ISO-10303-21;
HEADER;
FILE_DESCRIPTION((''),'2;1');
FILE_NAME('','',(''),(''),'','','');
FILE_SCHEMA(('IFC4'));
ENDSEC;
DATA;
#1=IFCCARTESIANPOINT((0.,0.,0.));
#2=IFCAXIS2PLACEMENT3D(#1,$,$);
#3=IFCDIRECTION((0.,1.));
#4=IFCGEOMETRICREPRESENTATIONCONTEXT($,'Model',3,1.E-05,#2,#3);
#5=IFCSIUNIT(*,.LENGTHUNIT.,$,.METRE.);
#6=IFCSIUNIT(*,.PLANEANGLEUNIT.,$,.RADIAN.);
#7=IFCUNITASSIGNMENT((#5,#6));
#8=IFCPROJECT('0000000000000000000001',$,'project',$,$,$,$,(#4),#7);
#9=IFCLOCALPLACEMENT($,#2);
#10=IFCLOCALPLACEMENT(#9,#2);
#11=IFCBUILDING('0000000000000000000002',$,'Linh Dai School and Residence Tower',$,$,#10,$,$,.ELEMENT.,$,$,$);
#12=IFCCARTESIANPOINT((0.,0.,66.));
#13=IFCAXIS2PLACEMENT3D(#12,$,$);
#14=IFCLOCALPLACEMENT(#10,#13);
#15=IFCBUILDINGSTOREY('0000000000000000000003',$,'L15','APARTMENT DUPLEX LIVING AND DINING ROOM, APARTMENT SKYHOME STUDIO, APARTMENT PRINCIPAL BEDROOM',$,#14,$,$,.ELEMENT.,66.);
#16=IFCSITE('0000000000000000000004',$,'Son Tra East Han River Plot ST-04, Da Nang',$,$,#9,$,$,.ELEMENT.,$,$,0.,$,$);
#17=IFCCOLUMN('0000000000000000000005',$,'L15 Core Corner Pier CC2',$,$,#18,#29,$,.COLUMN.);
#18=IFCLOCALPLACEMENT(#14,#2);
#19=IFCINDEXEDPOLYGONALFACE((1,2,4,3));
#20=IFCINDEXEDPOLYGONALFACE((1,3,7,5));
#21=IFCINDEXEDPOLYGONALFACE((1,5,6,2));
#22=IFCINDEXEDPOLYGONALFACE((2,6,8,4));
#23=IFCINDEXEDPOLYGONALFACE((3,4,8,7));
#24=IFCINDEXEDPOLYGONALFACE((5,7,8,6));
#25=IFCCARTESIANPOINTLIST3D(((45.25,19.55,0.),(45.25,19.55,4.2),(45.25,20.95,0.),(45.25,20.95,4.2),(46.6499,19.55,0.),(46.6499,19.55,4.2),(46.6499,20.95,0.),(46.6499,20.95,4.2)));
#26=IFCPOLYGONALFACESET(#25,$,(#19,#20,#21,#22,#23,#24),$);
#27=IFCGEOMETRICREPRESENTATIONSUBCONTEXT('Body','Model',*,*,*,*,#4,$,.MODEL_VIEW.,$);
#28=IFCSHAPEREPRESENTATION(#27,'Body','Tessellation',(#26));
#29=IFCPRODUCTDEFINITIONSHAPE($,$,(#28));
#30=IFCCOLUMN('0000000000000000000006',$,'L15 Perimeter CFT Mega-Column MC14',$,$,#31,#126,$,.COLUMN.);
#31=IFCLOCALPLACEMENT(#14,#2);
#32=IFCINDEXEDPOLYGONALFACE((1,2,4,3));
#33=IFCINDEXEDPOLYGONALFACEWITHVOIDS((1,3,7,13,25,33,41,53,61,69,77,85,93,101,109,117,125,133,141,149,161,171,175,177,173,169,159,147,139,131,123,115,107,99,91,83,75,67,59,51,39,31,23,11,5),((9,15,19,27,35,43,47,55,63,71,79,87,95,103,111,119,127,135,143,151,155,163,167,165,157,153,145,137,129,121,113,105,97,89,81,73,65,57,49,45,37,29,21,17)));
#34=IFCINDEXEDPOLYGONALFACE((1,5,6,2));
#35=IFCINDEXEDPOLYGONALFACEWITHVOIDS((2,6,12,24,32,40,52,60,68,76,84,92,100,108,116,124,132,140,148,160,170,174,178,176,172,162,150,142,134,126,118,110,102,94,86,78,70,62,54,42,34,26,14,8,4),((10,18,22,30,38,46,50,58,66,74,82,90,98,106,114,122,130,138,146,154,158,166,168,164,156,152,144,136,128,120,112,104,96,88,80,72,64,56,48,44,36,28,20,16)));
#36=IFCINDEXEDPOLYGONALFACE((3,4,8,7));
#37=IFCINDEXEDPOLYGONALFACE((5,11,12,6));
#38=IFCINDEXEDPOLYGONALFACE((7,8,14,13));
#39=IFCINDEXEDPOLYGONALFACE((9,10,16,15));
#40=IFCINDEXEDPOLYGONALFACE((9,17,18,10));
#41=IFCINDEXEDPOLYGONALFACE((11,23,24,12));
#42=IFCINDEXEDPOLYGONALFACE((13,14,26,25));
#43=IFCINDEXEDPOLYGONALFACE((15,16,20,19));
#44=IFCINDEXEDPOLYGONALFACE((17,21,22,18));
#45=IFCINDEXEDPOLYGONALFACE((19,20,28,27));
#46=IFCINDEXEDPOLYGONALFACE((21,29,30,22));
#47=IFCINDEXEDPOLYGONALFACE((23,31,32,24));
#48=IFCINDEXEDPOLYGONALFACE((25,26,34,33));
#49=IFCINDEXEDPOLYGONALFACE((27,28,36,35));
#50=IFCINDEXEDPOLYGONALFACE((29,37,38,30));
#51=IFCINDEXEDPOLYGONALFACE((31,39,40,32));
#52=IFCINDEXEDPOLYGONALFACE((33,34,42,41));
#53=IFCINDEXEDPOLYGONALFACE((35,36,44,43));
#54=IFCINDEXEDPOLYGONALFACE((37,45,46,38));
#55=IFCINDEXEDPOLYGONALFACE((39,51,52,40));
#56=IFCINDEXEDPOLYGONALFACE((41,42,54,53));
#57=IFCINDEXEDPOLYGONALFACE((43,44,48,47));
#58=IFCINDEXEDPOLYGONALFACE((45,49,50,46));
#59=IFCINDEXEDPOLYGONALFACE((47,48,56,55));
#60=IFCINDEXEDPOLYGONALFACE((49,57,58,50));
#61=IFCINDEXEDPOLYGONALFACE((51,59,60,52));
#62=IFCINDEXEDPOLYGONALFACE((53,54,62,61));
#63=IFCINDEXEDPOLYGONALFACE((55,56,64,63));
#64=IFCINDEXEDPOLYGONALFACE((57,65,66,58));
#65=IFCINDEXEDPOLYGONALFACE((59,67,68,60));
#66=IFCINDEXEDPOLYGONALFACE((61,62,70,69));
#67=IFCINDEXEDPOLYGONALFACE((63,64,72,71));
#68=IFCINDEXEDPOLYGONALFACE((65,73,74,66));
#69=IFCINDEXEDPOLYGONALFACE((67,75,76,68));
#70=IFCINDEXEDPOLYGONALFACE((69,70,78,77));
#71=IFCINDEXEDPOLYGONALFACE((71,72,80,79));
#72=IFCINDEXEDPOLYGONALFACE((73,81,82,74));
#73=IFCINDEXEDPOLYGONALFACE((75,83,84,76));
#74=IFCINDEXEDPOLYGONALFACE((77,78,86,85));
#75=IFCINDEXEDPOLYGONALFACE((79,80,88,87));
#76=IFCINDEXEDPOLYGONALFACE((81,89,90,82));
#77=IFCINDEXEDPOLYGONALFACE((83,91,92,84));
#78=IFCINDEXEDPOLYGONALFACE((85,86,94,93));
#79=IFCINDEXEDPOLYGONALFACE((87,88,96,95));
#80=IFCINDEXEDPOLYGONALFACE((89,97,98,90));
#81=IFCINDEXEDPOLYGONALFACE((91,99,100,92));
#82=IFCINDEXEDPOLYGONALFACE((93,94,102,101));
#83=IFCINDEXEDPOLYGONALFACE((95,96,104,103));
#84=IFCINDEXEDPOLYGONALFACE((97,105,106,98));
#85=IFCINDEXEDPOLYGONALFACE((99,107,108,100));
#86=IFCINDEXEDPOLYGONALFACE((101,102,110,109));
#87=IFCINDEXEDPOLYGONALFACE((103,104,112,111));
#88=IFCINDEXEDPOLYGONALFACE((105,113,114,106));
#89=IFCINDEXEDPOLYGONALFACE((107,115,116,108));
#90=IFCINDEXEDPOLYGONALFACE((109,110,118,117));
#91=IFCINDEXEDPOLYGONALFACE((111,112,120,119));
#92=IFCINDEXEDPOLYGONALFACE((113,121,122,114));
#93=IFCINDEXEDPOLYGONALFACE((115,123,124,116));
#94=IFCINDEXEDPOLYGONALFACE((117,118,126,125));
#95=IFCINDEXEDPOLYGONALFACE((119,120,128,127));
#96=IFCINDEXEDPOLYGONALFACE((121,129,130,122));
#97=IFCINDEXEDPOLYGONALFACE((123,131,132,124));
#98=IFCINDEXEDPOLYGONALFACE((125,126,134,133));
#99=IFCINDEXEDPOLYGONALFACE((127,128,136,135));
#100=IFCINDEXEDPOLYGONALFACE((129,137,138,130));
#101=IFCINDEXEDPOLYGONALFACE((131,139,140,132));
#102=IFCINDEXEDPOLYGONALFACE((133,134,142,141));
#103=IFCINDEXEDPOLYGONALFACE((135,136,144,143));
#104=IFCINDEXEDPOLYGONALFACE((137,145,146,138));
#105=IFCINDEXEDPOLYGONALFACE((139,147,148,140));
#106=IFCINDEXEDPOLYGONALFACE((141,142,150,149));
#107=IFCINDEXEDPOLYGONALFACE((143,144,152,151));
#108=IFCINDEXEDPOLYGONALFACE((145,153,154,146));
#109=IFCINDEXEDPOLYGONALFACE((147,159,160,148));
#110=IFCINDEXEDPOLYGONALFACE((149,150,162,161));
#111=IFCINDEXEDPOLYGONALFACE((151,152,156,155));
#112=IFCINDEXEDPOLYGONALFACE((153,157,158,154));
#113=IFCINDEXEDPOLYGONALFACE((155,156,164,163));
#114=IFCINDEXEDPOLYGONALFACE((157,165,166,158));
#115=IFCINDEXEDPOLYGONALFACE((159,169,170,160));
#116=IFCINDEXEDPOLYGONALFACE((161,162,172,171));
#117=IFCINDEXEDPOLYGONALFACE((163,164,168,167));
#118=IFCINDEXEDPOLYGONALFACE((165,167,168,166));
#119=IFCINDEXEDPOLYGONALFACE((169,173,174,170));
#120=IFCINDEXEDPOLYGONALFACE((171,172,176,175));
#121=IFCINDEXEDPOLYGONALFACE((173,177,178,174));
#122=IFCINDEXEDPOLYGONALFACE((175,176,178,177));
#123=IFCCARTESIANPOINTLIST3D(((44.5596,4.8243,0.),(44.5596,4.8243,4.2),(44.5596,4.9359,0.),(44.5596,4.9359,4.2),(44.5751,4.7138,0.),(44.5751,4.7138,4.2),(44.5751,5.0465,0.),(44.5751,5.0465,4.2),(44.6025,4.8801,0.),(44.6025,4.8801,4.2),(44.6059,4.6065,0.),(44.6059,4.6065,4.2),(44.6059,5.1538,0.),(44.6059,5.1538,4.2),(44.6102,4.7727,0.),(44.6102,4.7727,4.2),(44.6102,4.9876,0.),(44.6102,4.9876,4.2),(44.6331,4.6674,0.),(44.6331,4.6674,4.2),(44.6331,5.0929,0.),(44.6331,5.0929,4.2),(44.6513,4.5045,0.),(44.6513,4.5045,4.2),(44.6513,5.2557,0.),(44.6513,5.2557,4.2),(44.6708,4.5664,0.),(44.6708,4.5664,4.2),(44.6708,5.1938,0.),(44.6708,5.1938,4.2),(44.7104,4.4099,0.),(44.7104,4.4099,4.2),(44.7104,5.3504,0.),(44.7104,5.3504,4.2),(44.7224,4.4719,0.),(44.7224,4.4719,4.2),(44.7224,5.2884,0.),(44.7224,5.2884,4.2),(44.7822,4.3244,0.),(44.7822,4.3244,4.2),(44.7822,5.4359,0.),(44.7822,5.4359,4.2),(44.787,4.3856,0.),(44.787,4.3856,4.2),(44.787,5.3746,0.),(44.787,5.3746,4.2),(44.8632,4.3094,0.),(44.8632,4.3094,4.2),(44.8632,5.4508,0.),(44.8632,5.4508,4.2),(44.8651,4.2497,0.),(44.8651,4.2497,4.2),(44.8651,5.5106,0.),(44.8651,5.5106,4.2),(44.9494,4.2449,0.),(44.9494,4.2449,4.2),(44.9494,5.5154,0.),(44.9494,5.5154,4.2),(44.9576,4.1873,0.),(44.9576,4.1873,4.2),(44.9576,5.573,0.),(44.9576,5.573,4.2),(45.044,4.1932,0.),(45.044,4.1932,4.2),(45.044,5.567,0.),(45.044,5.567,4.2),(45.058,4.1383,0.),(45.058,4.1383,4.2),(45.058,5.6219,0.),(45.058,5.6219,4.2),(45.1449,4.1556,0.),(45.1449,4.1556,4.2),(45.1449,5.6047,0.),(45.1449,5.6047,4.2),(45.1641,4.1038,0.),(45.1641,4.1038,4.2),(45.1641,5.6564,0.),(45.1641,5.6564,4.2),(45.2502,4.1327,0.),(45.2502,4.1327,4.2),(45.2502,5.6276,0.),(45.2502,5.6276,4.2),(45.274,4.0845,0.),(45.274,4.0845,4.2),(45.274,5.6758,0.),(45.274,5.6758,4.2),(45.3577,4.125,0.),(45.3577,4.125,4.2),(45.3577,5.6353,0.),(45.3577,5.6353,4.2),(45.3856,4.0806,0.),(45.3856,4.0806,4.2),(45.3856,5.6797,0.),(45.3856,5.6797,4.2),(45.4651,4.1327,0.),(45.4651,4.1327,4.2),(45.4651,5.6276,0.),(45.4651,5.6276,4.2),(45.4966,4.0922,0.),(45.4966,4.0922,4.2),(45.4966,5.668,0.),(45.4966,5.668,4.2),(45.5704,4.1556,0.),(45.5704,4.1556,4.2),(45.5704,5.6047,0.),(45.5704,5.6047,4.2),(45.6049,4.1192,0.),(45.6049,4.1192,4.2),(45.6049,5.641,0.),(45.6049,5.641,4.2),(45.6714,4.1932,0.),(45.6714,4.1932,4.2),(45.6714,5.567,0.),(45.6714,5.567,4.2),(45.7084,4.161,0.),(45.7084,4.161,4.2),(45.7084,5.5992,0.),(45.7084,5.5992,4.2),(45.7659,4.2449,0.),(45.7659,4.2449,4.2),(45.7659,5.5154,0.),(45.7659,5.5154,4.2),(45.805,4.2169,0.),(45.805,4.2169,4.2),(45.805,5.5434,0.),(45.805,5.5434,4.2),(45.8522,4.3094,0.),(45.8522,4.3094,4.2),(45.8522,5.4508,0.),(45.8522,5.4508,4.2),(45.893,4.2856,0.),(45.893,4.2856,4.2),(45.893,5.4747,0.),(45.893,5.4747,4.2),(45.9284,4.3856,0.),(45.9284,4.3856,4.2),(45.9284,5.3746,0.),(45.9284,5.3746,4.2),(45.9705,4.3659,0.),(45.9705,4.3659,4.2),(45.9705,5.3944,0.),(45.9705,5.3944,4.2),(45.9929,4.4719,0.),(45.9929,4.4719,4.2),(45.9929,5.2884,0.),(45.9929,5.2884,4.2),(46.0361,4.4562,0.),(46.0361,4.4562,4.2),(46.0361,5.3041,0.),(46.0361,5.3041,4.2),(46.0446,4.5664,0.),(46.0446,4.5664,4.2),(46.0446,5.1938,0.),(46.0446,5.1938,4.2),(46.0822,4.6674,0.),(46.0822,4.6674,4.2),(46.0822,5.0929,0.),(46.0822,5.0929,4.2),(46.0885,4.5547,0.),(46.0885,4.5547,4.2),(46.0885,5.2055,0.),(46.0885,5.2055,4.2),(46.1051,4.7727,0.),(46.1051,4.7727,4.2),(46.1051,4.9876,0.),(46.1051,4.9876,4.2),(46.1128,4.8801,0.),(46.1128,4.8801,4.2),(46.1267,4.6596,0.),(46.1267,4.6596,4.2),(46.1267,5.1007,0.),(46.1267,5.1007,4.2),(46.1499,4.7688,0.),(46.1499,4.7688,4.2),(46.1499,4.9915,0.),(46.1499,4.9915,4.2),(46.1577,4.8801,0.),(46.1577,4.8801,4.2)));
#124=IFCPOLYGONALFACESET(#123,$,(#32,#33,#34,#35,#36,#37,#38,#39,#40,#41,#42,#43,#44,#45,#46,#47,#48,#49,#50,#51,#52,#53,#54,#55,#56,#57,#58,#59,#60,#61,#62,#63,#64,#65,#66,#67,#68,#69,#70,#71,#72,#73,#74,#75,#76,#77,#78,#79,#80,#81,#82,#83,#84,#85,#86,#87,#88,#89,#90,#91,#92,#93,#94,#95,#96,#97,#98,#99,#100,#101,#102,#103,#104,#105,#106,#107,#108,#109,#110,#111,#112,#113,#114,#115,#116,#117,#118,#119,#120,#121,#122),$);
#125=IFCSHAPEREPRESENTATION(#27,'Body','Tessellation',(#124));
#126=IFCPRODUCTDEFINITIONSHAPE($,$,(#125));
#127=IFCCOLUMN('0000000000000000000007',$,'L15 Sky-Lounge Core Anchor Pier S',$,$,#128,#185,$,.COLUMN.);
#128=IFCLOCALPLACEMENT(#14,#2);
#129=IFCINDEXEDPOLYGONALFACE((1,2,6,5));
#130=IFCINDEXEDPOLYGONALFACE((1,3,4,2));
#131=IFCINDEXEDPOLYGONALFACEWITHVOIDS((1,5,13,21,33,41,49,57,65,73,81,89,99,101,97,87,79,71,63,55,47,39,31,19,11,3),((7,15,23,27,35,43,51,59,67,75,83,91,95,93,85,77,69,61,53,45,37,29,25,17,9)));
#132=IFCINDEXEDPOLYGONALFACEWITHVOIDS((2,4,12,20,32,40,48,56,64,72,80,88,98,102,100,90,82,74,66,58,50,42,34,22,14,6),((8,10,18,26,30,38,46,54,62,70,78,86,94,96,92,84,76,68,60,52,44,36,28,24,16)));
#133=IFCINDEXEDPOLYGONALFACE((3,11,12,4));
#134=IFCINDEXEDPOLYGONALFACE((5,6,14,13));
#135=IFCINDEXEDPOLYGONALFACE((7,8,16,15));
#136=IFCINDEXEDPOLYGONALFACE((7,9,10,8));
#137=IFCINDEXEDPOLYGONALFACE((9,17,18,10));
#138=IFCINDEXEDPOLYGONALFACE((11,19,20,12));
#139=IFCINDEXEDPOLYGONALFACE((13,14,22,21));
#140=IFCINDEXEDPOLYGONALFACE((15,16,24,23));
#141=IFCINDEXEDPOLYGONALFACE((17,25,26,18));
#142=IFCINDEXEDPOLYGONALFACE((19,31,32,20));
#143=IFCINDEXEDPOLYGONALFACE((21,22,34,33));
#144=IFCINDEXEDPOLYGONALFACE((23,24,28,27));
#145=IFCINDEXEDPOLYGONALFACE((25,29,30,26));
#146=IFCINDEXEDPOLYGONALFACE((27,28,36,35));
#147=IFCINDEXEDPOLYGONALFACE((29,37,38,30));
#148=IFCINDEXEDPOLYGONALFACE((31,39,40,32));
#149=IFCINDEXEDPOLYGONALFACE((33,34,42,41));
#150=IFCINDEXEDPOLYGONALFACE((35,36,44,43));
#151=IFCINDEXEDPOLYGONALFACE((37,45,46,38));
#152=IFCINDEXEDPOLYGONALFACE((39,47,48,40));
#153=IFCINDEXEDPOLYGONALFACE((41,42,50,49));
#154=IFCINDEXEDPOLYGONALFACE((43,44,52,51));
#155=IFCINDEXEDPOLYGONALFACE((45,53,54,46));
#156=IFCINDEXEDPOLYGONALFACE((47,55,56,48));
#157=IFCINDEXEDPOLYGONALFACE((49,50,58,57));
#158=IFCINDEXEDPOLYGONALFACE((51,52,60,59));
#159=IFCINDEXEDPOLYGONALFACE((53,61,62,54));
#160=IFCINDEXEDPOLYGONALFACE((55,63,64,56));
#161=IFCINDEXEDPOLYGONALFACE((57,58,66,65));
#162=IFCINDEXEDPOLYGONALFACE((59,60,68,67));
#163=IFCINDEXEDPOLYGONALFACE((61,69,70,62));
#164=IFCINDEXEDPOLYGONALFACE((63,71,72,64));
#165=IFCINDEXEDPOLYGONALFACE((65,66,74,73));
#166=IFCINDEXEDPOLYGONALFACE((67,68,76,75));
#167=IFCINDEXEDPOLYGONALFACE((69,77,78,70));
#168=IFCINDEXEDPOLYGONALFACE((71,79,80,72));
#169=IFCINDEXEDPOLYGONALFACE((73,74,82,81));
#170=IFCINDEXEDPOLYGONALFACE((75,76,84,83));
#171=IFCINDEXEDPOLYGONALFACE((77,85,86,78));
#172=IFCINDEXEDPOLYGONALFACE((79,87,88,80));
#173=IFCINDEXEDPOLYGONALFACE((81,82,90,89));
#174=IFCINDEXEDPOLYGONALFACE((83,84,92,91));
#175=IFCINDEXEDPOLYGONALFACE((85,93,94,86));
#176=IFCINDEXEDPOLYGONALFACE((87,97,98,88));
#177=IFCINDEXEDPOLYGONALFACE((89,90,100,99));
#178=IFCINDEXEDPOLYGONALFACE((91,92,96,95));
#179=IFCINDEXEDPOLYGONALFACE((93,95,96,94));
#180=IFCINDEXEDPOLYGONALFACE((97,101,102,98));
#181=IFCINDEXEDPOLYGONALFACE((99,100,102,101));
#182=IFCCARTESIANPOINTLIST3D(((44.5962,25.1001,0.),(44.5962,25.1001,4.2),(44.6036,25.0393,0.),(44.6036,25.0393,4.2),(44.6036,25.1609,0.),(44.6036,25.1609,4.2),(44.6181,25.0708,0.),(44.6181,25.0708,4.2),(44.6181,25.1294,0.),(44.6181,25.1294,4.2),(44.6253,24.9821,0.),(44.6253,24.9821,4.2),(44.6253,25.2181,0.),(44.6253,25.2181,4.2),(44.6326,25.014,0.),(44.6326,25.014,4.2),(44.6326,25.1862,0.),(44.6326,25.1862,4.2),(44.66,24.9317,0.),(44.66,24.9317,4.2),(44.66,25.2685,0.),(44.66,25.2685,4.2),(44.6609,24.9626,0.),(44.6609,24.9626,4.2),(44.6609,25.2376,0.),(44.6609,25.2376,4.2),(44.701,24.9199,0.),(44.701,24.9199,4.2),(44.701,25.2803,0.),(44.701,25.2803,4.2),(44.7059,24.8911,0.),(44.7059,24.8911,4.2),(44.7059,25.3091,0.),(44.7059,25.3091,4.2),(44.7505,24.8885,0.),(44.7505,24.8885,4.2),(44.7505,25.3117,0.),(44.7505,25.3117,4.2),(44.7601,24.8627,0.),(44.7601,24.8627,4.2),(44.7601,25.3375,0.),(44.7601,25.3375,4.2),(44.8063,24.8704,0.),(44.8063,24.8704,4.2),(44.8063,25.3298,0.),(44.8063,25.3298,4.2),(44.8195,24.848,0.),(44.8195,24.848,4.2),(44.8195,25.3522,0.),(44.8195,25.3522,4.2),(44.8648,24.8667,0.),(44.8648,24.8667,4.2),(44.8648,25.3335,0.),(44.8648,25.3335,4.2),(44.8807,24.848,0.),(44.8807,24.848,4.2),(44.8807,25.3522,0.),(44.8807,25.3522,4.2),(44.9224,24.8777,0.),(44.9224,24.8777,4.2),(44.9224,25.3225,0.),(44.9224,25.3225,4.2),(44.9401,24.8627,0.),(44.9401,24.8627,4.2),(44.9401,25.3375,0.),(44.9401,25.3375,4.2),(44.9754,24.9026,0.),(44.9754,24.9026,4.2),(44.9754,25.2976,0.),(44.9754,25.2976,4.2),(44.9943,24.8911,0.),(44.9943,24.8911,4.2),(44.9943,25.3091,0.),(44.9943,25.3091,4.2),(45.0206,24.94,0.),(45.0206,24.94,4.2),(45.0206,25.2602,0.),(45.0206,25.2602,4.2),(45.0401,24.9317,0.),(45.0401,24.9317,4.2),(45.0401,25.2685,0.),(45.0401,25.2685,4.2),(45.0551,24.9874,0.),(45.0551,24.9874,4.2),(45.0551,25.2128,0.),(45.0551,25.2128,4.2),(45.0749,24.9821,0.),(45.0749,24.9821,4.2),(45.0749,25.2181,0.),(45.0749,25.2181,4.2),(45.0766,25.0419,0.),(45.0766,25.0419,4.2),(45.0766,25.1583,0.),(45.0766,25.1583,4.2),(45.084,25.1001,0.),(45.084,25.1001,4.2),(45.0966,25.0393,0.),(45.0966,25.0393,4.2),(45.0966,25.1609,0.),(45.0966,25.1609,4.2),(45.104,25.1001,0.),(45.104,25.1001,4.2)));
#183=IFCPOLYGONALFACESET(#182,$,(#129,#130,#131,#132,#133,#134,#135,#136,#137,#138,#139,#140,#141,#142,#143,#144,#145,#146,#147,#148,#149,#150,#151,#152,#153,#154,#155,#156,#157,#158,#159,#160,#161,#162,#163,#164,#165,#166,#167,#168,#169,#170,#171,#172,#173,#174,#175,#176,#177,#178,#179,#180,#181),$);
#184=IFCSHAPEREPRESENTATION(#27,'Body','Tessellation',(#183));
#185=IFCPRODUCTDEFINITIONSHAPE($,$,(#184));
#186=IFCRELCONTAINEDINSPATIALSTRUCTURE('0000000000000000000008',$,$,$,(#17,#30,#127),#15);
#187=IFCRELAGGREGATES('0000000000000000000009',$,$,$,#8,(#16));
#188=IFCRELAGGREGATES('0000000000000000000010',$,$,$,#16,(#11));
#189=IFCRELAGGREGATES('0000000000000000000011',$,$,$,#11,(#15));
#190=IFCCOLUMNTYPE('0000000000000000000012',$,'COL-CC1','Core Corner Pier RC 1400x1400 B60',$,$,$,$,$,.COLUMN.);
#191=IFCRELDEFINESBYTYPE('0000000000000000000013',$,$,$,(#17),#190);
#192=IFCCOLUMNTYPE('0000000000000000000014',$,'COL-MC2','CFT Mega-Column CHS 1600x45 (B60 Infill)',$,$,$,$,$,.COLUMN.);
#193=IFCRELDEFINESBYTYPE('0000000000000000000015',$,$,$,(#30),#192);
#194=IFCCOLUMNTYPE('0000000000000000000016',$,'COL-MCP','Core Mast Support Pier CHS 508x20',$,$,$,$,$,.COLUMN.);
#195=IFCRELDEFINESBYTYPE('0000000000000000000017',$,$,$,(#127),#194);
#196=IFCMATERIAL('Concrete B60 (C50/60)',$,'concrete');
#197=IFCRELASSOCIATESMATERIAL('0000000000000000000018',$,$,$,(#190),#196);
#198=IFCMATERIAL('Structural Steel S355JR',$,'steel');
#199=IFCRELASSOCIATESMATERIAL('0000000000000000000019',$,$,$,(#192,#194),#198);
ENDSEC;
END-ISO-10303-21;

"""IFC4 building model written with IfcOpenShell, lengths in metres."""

from ifc_helpers import new_model, si_unit, direction, frame, origin, origin_2d, place, context, subcontext, project, spatial, rectangle, hollow_circle, extrude, material, material_profile, profile_set, type_object, element, save


model = new_model("IFC4")

# Units and contexts
model_context = context("Model", 3, precision=1e-05, world=origin(), true_north=direction((0.0, 1.0)))
body_context = subcontext(model_context, "Body", "Model", "MODEL_VIEW")
ifc_project = project(units=[si_unit("LENGTHUNIT", "METRE"), si_unit("PLANEANGLEUNIT", "RADIAN")], contexts=[model_context])

# Site, building, storey
site_placement = place(None, origin())
site = spatial("IfcSite", under=ifc_project, at=site_placement, Name="Son Tra East Han River Plot ST-04, Da Nang", CompositionType="ELEMENT", RefElevation=0.0)
building_placement = place(site_placement, origin())
building = spatial("IfcBuilding", under=site, at=building_placement, Name="Linh Dai School and Residence Tower", CompositionType="ELEMENT")
storey_placement = place(building_placement, frame((0.0, 0.0, 66.0)))
storey = spatial("IfcBuildingStorey", under=building, at=storey_placement, Name="L15", Description="APARTMENT DUPLEX LIVING AND DINING ROOM, APARTMENT SKYHOME STUDIO, APARTMENT PRINCIPAL BEDROOM", CompositionType="ELEMENT", Elevation=66.0)

# Columns
ifc_material_1 = material(Name="Concrete B60 (C50/60)", Category="concrete")
ifc_material_profile_1 = material_profile(ifc_material_1, rectangle(XDim=1.3999, YDim=1.3999, at=origin_2d()), Name="RC 1400x1400")
ifc_profile_set_1 = profile_set([ifc_material_profile_1], Name="Concrete B60 (C50/60)")
column_type_1 = type_object("IfcColumnType", Name="COL-CC1", Description="Core Corner Pier RC 1400x1400 B60", PredefinedType="COLUMN", material=ifc_profile_set_1)
column_1_placement = place(storey_placement, frame((45.95, 20.25, 0.0), z_axis=(0.0, 0.0, 1.0), x_axis=(1.0, 0.0, 0.0)))
element("IfcColumn", 1, at=column_1_placement, inside=storey, type_object=column_type_1, Name="L15 Core Corner Pier CC2", PredefinedType="COLUMN", context=body_context, shape_type="SweptSolid", body=[
    extrude(rectangle(XDim=1.3999, YDim=1.3999, at=origin_2d()), origin(), (0.0, 0.0, 1.0), 4.2),
])
ifc_material_2 = material(Name="Structural Steel S355JR", Category="steel")
ifc_material_profile_2 = material_profile(ifc_material_2, hollow_circle(Radius=0.8, WallThickness=0.0449, at=origin_2d()), Name="CHS 1600x45")
ifc_profile_set_2 = profile_set([ifc_material_profile_2], Name="Structural Steel S355JR")
column_type_2 = type_object("IfcColumnType", Name="COL-MC2", Description="CFT Mega-Column CHS 1600x45 (B60 Infill)", PredefinedType="COLUMN", material=ifc_profile_set_2)
column_2_placement = place(storey_placement, frame((45.3577, 4.8801, 0.0), z_axis=(0.0, 0.0, 1.0), x_axis=(1.0, 0.0, 0.0)))
element("IfcColumn", 2, at=column_2_placement, inside=storey, type_object=column_type_2, Name="L15 Perimeter CFT Mega-Column MC14", PredefinedType="COLUMN", context=body_context, shape_type="SweptSolid", body=[
    extrude(hollow_circle(Radius=0.8, WallThickness=0.0449, at=origin_2d()), origin(), (0.0, 0.0, 1.0), 4.2),
])
ifc_material_profile_3 = material_profile(ifc_material_2, hollow_circle(Radius=0.2539, WallThickness=0.02, at=origin_2d()), Name="CHS 508x20")
ifc_profile_set_3 = profile_set([ifc_material_profile_3], Name="Structural Steel S355JR")
column_type_3 = type_object("IfcColumnType", Name="COL-MCP", Description="Core Mast Support Pier CHS 508x20", PredefinedType="COLUMN", material=ifc_profile_set_3)
column_3_placement = place(storey_placement, frame((44.8501, 25.1001, 0.0), z_axis=(0.0, 0.0, 1.0), x_axis=(1.0, 0.0, 0.0)))
element("IfcColumn", 3, at=column_3_placement, inside=storey, type_object=column_type_3, Name="L15 Sky-Lounge Core Anchor Pier S", PredefinedType="COLUMN", context=body_context, shape_type="SweptSolid", body=[
    extrude(hollow_circle(Radius=0.2539, WallThickness=0.02, at=origin_2d()), origin(), (0.0, 0.0, 1.0), 4.2),
])

save(model, "model.ifc")
